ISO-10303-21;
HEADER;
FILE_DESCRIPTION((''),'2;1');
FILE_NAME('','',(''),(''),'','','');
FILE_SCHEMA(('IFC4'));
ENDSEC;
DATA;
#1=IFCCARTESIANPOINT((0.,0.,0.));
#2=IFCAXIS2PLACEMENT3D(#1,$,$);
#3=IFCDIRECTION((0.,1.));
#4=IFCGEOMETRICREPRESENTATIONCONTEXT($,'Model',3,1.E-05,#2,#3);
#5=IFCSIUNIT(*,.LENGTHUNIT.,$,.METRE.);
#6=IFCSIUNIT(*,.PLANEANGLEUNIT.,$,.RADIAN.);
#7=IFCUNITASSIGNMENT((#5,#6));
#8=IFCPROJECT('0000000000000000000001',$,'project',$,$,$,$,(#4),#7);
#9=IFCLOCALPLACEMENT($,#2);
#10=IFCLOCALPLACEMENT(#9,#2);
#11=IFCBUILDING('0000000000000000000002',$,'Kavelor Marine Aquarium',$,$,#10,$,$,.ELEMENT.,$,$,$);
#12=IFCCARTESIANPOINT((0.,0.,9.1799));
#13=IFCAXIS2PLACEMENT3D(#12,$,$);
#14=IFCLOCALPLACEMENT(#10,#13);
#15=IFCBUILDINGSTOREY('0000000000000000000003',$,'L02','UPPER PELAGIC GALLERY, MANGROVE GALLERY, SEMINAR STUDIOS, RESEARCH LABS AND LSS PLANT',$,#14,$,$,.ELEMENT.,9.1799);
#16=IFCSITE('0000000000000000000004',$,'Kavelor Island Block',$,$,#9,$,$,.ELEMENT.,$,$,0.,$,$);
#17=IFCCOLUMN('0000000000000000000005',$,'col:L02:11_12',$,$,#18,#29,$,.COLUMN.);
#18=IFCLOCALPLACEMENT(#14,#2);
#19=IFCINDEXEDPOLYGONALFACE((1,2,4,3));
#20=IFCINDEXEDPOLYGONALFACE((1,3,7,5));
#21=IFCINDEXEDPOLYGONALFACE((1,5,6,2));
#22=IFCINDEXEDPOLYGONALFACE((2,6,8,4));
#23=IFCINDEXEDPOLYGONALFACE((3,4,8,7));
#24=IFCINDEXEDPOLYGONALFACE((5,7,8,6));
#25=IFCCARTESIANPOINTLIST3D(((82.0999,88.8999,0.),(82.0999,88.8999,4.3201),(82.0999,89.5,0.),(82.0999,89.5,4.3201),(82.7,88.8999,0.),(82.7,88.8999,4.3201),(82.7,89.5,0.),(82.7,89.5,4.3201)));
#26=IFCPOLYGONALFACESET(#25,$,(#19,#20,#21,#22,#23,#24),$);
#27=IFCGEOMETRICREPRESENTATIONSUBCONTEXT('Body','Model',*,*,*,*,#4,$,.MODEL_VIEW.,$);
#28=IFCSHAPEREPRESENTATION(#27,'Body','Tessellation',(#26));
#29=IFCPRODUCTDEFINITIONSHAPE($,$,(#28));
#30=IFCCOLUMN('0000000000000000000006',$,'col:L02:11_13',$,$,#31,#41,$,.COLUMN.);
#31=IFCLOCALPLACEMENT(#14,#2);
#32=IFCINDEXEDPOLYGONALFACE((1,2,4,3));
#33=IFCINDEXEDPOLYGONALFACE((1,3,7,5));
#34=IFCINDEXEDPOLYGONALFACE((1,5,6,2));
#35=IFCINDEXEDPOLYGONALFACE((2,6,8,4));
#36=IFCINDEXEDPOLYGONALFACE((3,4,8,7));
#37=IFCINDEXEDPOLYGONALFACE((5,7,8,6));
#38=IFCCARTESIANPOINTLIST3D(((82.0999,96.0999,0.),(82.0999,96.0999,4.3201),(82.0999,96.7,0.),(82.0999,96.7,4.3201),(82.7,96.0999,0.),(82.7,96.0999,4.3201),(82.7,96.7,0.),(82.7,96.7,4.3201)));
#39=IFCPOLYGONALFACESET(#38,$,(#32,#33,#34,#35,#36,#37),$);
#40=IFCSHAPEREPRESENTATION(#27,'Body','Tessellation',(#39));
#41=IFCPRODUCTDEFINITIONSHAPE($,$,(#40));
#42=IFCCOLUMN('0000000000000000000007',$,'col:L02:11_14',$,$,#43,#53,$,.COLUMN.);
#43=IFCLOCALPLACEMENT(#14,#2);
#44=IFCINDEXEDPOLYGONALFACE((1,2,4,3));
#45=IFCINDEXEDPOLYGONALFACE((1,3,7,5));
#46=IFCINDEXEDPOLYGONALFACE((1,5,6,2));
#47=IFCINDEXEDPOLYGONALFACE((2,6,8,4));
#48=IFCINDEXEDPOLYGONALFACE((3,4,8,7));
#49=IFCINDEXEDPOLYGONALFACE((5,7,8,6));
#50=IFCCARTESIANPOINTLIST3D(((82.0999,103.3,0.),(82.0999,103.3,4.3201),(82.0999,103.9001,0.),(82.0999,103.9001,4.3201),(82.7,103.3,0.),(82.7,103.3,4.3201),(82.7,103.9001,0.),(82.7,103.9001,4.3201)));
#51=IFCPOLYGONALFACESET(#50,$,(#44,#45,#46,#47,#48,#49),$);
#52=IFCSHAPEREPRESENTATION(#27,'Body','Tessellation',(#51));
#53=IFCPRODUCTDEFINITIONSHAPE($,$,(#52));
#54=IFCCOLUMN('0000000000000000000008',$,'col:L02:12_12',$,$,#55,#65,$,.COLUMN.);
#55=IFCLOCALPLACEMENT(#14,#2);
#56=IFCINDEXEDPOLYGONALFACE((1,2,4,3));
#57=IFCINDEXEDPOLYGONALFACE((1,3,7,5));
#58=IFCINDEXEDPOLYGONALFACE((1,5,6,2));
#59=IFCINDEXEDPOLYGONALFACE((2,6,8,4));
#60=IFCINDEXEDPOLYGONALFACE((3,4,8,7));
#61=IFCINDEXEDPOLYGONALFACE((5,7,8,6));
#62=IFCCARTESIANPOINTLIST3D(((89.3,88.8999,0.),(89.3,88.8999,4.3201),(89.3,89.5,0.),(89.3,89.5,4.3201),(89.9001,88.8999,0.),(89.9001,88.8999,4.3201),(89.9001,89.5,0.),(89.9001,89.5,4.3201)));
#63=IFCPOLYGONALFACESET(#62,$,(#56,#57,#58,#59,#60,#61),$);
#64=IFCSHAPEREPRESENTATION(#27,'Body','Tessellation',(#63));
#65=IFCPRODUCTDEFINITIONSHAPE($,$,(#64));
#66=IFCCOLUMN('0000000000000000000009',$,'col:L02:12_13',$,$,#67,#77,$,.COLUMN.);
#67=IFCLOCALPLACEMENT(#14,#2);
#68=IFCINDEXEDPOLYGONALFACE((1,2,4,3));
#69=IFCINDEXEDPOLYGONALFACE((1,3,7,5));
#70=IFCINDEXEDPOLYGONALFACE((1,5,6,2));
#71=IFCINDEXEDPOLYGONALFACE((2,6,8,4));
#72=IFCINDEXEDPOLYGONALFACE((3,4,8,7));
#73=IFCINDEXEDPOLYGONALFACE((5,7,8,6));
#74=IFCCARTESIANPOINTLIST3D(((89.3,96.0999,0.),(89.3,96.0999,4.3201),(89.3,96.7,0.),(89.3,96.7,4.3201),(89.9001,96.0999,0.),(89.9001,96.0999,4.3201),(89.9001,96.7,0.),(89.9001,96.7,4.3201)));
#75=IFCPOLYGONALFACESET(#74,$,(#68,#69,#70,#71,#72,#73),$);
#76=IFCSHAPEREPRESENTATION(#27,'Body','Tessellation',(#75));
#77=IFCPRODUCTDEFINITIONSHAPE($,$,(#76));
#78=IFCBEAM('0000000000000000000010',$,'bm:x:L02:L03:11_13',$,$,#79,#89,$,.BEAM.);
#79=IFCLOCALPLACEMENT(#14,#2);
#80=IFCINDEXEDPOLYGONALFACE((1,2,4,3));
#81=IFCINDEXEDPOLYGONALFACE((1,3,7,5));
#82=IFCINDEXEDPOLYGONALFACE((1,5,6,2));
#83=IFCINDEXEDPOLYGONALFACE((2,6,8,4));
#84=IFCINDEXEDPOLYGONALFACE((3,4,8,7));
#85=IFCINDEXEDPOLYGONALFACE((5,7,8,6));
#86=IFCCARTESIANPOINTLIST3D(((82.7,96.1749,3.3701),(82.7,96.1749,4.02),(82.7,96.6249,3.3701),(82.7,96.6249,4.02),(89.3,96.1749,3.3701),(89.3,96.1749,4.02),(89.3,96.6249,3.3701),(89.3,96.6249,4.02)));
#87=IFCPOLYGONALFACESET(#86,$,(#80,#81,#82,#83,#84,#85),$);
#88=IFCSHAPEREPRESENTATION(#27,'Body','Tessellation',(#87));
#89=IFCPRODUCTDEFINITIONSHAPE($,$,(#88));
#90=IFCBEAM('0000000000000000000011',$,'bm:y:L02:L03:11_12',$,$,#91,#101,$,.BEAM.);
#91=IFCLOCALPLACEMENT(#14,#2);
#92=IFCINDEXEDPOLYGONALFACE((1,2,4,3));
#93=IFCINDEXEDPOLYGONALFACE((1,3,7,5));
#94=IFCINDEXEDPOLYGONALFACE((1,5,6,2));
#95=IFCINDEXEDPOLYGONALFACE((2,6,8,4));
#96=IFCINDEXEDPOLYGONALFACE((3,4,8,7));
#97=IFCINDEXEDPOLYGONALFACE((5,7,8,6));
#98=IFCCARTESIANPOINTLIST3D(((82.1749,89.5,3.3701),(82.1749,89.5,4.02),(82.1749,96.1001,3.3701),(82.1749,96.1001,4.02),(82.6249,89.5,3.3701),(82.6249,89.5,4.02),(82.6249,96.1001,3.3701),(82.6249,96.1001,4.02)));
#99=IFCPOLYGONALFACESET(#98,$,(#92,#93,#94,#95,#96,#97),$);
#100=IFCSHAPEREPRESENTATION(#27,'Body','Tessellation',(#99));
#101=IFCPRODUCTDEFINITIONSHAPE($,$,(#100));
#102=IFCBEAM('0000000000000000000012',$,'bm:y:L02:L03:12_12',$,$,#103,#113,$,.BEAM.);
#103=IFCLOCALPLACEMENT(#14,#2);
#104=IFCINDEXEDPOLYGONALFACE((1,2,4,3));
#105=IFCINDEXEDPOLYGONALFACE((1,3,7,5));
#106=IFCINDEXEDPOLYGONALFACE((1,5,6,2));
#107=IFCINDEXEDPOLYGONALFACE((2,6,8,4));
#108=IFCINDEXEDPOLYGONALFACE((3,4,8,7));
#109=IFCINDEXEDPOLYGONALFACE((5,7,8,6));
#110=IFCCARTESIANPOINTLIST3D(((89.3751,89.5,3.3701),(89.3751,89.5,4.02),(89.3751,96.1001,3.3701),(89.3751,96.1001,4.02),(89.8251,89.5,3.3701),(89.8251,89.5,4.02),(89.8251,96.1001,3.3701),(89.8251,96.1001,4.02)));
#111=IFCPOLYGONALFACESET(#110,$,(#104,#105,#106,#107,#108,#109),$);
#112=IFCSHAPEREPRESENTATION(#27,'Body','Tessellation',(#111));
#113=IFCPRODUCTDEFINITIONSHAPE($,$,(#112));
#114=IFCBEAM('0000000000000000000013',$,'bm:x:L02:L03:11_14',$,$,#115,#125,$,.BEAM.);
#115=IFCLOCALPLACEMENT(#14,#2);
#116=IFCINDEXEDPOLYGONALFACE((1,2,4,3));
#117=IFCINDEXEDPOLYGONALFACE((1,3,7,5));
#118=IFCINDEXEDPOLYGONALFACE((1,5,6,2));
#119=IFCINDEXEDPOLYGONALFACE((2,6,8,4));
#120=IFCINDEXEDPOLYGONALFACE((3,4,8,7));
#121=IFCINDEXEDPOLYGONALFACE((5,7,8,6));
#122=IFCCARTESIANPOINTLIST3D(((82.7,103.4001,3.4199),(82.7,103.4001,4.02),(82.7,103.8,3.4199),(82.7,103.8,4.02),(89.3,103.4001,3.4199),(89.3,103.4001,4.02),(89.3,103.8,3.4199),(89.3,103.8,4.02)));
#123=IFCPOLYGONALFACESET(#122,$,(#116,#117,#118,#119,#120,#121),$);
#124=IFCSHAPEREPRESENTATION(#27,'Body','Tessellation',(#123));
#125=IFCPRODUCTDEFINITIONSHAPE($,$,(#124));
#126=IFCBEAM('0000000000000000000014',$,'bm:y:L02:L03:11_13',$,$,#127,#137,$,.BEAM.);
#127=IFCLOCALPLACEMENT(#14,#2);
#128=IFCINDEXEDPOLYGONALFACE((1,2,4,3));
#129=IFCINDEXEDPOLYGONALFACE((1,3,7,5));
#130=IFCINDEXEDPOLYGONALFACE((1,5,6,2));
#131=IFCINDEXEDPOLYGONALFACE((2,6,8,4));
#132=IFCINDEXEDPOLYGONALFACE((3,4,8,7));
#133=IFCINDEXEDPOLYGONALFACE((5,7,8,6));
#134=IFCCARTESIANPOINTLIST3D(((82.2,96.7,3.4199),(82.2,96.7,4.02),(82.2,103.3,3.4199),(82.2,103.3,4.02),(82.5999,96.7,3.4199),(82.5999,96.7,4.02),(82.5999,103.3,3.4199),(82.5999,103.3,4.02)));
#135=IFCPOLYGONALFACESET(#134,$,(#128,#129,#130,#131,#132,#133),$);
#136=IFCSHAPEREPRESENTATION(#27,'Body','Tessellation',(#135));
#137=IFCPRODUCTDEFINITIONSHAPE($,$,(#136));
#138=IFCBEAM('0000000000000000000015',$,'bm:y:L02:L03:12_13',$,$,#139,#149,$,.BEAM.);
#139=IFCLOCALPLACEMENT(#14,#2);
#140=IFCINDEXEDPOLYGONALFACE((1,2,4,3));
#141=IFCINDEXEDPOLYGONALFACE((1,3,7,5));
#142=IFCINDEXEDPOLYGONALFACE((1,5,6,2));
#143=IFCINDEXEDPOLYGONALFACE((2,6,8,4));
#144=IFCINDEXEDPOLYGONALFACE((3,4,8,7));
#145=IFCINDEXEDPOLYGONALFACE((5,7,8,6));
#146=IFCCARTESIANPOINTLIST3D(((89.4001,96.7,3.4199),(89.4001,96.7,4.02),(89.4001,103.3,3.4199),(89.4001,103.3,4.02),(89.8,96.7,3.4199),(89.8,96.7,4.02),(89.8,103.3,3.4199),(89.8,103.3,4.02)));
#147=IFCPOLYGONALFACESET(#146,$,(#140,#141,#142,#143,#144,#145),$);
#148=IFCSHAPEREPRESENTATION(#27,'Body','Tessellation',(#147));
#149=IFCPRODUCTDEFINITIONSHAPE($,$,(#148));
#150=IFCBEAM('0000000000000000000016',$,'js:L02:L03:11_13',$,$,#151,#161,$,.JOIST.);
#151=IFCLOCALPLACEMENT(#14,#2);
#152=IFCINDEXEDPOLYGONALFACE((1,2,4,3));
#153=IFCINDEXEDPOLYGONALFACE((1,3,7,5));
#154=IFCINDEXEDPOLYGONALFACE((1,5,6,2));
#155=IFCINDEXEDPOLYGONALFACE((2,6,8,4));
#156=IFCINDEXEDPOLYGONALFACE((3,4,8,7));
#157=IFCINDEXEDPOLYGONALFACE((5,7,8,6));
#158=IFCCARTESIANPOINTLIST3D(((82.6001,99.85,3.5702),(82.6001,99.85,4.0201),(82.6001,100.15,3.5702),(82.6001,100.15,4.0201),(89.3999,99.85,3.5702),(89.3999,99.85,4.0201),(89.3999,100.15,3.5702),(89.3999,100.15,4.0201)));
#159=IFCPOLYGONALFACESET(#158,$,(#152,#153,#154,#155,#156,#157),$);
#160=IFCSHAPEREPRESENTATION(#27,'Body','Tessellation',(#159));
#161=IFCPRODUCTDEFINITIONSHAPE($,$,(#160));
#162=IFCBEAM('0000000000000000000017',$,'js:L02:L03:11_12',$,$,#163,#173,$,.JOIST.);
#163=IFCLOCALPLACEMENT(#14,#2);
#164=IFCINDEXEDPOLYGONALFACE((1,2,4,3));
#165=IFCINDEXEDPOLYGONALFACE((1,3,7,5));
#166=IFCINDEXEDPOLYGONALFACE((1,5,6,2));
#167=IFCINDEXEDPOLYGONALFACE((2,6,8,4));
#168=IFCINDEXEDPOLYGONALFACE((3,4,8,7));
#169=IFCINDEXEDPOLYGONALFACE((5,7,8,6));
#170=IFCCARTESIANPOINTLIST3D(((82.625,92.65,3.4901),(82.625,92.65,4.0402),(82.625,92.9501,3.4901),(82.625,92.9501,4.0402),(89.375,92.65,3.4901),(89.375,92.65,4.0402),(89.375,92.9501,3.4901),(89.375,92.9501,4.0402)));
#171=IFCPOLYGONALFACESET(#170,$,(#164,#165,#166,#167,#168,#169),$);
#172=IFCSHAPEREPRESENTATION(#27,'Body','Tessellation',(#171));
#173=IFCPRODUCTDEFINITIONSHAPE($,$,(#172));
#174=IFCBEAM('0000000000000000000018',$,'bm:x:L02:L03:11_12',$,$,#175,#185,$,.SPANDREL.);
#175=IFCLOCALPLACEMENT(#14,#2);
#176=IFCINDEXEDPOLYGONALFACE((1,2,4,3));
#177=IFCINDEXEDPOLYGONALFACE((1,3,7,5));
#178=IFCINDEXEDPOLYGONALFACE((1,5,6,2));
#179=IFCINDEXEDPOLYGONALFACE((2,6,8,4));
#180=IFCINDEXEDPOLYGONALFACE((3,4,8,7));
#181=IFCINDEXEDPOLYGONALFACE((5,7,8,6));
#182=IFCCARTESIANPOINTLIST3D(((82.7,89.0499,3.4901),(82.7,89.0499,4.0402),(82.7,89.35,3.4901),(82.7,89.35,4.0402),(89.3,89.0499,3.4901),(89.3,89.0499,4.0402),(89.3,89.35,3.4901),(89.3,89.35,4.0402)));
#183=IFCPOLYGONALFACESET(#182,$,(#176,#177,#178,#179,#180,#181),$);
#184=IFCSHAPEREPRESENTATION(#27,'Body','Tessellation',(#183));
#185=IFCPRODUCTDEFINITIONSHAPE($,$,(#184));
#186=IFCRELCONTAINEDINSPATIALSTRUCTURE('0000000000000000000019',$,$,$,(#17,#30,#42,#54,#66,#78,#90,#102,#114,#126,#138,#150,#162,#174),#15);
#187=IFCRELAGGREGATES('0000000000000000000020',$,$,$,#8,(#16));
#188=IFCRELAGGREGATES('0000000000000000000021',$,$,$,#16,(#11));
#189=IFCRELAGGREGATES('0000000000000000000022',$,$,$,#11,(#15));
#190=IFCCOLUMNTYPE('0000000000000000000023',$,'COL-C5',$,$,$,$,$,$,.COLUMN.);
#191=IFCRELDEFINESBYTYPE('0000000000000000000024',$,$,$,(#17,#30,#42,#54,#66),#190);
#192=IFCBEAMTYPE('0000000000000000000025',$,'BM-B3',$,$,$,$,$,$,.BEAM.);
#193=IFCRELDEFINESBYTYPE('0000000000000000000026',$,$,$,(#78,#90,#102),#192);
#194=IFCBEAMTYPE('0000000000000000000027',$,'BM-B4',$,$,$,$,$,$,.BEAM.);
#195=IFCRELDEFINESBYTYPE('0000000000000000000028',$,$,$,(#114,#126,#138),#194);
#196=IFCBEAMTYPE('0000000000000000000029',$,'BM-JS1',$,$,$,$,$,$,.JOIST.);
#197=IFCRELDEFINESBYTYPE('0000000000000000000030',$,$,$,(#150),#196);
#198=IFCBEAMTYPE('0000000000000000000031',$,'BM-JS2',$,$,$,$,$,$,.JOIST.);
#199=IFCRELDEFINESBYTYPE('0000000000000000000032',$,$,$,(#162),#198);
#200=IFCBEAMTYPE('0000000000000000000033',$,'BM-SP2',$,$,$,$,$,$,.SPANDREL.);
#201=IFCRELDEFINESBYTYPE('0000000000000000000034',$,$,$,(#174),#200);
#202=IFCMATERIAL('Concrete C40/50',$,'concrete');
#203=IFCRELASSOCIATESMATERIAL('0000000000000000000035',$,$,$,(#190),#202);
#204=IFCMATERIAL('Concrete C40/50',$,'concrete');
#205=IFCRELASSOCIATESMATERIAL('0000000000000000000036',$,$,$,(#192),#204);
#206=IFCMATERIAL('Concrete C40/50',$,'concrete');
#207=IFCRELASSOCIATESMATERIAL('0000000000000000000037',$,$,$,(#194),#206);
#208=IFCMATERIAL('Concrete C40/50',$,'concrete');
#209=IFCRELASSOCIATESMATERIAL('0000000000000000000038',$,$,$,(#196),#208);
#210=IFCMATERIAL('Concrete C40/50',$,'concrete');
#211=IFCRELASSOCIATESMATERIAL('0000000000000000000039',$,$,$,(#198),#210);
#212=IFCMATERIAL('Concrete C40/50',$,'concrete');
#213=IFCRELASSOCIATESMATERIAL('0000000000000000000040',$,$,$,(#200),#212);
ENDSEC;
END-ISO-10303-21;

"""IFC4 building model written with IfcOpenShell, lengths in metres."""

from ifc_helpers import new_model, si_unit, direction, frame, origin, origin_2d, place, context, subcontext, project, spatial, rectangle, extrude, material, material_profile, profile_set, type_object, element, save


model = new_model("IFC4")

# Units and contexts
model_context = context("Model", 3, precision=1e-05, world=origin(), true_north=direction((0.0, 1.0)))
body_context = subcontext(model_context, "Body", "Model", "MODEL_VIEW")
ifc_project = project(units=[si_unit("LENGTHUNIT", "METRE"), si_unit("PLANEANGLEUNIT", "RADIAN")], contexts=[model_context])

# Site, building, storey
site_placement = place(None, origin())
site = spatial("IfcSite", under=ifc_project, at=site_placement, Name="Kavelor Island Block", CompositionType="ELEMENT", RefElevation=0.0)
building_placement = place(site_placement, origin())
building = spatial("IfcBuilding", under=site, at=building_placement, Name="Kavelor Marine Aquarium", CompositionType="ELEMENT")
storey_placement = place(building_placement, frame((0.0, 0.0, 9.1799)))
storey = spatial("IfcBuildingStorey", under=building, at=storey_placement, Name="L02", Description="UPPER PELAGIC GALLERY, MANGROVE GALLERY, SEMINAR STUDIOS, RESEARCH LABS AND LSS PLANT", CompositionType="ELEMENT", Elevation=9.1799)

# Columns
ifc_material_1 = material(Name="Concrete C40/50", Category="concrete")
ifc_material_profile_1 = material_profile(ifc_material_1, rectangle(XDim=0.6001, YDim=0.6001, at=origin_2d()), Name="RC-COL 600x600")
ifc_profile_set_1 = profile_set([ifc_material_profile_1], Name="Concrete C40/50")
column_type = type_object("IfcColumnType", Name="COL-C5", PredefinedType="COLUMN", material=ifc_profile_set_1)
for number, where, z_axis, x_axis, name in (
    (1, (82.3999, 89.2, 0.0), (0.0, 0.0, 1.0), (1.0, 0.0, 0.0), "col:L02:11_12"),
    (2, (82.3999, 96.3999, 0.0), (0.0, 0.0, 1.0), (1.0, 0.0, 0.0), "col:L02:11_13"),
    (3, (82.3999, 103.6001, 0.0), (0.0, 0.0, 1.0), (1.0, 0.0, 0.0), "col:L02:11_14"),
    (4, (89.6001, 89.2, 0.0), (0.0, 0.0, 1.0), (1.0, 0.0, 0.0), "col:L02:12_12"),
    (5, (89.6001, 96.3999, 0.0), (0.0, 0.0, 1.0), (1.0, 0.0, 0.0), "col:L02:12_13"),
):
    element("IfcColumn", number, at=place(storey_placement, frame(where, z_axis=z_axis, x_axis=x_axis)), inside=storey, type_object=column_type, Name=name, PredefinedType="COLUMN", context=body_context, shape_type="SweptSolid", body=[
        extrude(rectangle(XDim=0.6001, YDim=0.6001, at=origin_2d()), origin(), (0.0, 0.0, 1.0), 4.3201),
    ])

# Beams
ifc_material_2 = material(Name="Concrete C40/50", Category="concrete")
ifc_material_profile_2 = material_profile(ifc_material_2, rectangle(XDim=0.45, YDim=0.6499, at=origin_2d()), Name="RC-BM 450x650")
ifc_profile_set_2 = profile_set([ifc_material_profile_2], Name="Concrete C40/50")
beam_type_1 = type_object("IfcBeamType", Name="BM-B3", PredefinedType="BEAM", material=ifc_profile_set_2)
for number, where, z_axis, x_axis, name in (
    (6, (82.7, 96.3999, 3.6951), (1.0, 0.0, 0.0), (0.0, 1.0, 0.0), "bm:x:L02:L03:11_13"),
    (7, (82.3999, 89.5, 3.6951), (0.0, 1.0, 0.0), (-1.0, 0.0, 0.0), "bm:y:L02:L03:11_12"),
    (8, (89.6001, 89.5, 3.6951), (0.0, 1.0, 0.0), (-1.0, 0.0, 0.0), "bm:y:L02:L03:12_12"),
):
    element("IfcBeam", number, at=place(storey_placement, frame(where, z_axis=z_axis, x_axis=x_axis)), inside=storey, type_object=beam_type_1, Name=name, PredefinedType="BEAM", context=body_context, shape_type="SweptSolid", body=[
        extrude(rectangle(XDim=0.45, YDim=0.6499, at=origin_2d()), origin(), (0.0, 0.0, 1.0), 6.6001),
    ])
ifc_material_3 = material(Name="Concrete C40/50", Category="concrete")
ifc_material_profile_3 = material_profile(ifc_material_3, rectangle(XDim=0.3999, YDim=0.6001, at=origin_2d()), Name="RC-BM 400x600")
ifc_profile_set_3 = profile_set([ifc_material_profile_3], Name="Concrete C40/50")
beam_type_2 = type_object("IfcBeamType", Name="BM-B4", PredefinedType="BEAM", material=ifc_profile_set_3)
for number, where, z_axis, x_axis, name in (
    (9, (82.7, 103.6001, 3.72), (1.0, 0.0, 0.0), (0.0, 1.0, 0.0), "bm:x:L02:L03:11_14"),
    (10, (82.3999, 96.7, 3.72), (0.0, 1.0, 0.0), (-1.0, 0.0, 0.0), "bm:y:L02:L03:11_13"),
    (11, (89.6001, 96.7, 3.72), (0.0, 1.0, 0.0), (-1.0, 0.0, 0.0), "bm:y:L02:L03:12_13"),
):
    element("IfcBeam", number, at=place(storey_placement, frame(where, z_axis=z_axis, x_axis=x_axis)), inside=storey, type_object=beam_type_2, Name=name, PredefinedType="BEAM", context=body_context, shape_type="SweptSolid", body=[
        extrude(rectangle(XDim=0.3999, YDim=0.6001, at=origin_2d()), origin(), (0.0, 0.0, 1.0), 6.6001),
    ])
ifc_material_4 = material(Name="Concrete C40/50", Category="concrete")
ifc_material_profile_4 = material_profile(ifc_material_4, rectangle(XDim=0.3, YDim=0.45, at=origin_2d()), Name="RC-JS 300x450")
ifc_profile_set_4 = profile_set([ifc_material_profile_4], Name="Concrete C40/50")
beam_type_3 = type_object("IfcBeamType", Name="BM-JS1", PredefinedType="JOIST", material=ifc_profile_set_4)
beam_1_placement = place(storey_placement, frame((82.6001, 100.0, 3.7952), z_axis=(1.0, 0.0, 0.0), x_axis=(0.0, 1.0, 0.0)))
element("IfcBeam", 12, at=beam_1_placement, inside=storey, type_object=beam_type_3, Name="js:L02:L03:11_13", PredefinedType="JOIST", context=body_context, shape_type="SweptSolid", body=[
    extrude(rectangle(XDim=0.3, YDim=0.45, at=origin_2d()), origin(), (0.0, 0.0, 1.0), 6.7998),
])
ifc_material_5 = material(Name="Concrete C40/50", Category="concrete")
ifc_material_profile_5 = material_profile(ifc_material_5, rectangle(XDim=0.3, YDim=0.55, at=origin_2d()), Name="RC-JS 300x550")
ifc_profile_set_5 = profile_set([ifc_material_profile_5], Name="Concrete C40/50")
beam_type_4 = type_object("IfcBeamType", Name="BM-JS2", PredefinedType="JOIST", material=ifc_profile_set_5)
beam_2_placement = place(storey_placement, frame((82.625, 92.8, 3.7651), z_axis=(1.0, 0.0, 0.0), x_axis=(0.0, 1.0, 0.0)))
element("IfcBeam", 13, at=beam_2_placement, inside=storey, type_object=beam_type_4, Name="js:L02:L03:11_12", PredefinedType="JOIST", context=body_context, shape_type="SweptSolid", body=[
    extrude(rectangle(XDim=0.3, YDim=0.55, at=origin_2d()), origin(), (0.0, 0.0, 1.0), 6.75),
])
ifc_material_6 = material(Name="Concrete C40/50", Category="concrete")
ifc_material_profile_6 = material_profile(ifc_material_6, rectangle(XDim=0.3, YDim=0.55, at=origin_2d()), Name="RC-SP 300x550")
ifc_profile_set_6 = profile_set([ifc_material_profile_6], Name="Concrete C40/50")
beam_type_5 = type_object("IfcBeamType", Name="BM-SP2", PredefinedType="SPANDREL", material=ifc_profile_set_6)
beam_3_placement = place(storey_placement, frame((82.7, 89.2, 3.7651), z_axis=(1.0, 0.0, 0.0), x_axis=(0.0, 1.0, 0.0)))
element("IfcBeam", 14, at=beam_3_placement, inside=storey, type_object=beam_type_5, Name="bm:x:L02:L03:11_12", PredefinedType="SPANDREL", context=body_context, shape_type="SweptSolid", body=[
    extrude(rectangle(XDim=0.3, YDim=0.55, at=origin_2d()), origin(), (0.0, 0.0, 1.0), 6.6001),
])

save(model, "model.ifc")
